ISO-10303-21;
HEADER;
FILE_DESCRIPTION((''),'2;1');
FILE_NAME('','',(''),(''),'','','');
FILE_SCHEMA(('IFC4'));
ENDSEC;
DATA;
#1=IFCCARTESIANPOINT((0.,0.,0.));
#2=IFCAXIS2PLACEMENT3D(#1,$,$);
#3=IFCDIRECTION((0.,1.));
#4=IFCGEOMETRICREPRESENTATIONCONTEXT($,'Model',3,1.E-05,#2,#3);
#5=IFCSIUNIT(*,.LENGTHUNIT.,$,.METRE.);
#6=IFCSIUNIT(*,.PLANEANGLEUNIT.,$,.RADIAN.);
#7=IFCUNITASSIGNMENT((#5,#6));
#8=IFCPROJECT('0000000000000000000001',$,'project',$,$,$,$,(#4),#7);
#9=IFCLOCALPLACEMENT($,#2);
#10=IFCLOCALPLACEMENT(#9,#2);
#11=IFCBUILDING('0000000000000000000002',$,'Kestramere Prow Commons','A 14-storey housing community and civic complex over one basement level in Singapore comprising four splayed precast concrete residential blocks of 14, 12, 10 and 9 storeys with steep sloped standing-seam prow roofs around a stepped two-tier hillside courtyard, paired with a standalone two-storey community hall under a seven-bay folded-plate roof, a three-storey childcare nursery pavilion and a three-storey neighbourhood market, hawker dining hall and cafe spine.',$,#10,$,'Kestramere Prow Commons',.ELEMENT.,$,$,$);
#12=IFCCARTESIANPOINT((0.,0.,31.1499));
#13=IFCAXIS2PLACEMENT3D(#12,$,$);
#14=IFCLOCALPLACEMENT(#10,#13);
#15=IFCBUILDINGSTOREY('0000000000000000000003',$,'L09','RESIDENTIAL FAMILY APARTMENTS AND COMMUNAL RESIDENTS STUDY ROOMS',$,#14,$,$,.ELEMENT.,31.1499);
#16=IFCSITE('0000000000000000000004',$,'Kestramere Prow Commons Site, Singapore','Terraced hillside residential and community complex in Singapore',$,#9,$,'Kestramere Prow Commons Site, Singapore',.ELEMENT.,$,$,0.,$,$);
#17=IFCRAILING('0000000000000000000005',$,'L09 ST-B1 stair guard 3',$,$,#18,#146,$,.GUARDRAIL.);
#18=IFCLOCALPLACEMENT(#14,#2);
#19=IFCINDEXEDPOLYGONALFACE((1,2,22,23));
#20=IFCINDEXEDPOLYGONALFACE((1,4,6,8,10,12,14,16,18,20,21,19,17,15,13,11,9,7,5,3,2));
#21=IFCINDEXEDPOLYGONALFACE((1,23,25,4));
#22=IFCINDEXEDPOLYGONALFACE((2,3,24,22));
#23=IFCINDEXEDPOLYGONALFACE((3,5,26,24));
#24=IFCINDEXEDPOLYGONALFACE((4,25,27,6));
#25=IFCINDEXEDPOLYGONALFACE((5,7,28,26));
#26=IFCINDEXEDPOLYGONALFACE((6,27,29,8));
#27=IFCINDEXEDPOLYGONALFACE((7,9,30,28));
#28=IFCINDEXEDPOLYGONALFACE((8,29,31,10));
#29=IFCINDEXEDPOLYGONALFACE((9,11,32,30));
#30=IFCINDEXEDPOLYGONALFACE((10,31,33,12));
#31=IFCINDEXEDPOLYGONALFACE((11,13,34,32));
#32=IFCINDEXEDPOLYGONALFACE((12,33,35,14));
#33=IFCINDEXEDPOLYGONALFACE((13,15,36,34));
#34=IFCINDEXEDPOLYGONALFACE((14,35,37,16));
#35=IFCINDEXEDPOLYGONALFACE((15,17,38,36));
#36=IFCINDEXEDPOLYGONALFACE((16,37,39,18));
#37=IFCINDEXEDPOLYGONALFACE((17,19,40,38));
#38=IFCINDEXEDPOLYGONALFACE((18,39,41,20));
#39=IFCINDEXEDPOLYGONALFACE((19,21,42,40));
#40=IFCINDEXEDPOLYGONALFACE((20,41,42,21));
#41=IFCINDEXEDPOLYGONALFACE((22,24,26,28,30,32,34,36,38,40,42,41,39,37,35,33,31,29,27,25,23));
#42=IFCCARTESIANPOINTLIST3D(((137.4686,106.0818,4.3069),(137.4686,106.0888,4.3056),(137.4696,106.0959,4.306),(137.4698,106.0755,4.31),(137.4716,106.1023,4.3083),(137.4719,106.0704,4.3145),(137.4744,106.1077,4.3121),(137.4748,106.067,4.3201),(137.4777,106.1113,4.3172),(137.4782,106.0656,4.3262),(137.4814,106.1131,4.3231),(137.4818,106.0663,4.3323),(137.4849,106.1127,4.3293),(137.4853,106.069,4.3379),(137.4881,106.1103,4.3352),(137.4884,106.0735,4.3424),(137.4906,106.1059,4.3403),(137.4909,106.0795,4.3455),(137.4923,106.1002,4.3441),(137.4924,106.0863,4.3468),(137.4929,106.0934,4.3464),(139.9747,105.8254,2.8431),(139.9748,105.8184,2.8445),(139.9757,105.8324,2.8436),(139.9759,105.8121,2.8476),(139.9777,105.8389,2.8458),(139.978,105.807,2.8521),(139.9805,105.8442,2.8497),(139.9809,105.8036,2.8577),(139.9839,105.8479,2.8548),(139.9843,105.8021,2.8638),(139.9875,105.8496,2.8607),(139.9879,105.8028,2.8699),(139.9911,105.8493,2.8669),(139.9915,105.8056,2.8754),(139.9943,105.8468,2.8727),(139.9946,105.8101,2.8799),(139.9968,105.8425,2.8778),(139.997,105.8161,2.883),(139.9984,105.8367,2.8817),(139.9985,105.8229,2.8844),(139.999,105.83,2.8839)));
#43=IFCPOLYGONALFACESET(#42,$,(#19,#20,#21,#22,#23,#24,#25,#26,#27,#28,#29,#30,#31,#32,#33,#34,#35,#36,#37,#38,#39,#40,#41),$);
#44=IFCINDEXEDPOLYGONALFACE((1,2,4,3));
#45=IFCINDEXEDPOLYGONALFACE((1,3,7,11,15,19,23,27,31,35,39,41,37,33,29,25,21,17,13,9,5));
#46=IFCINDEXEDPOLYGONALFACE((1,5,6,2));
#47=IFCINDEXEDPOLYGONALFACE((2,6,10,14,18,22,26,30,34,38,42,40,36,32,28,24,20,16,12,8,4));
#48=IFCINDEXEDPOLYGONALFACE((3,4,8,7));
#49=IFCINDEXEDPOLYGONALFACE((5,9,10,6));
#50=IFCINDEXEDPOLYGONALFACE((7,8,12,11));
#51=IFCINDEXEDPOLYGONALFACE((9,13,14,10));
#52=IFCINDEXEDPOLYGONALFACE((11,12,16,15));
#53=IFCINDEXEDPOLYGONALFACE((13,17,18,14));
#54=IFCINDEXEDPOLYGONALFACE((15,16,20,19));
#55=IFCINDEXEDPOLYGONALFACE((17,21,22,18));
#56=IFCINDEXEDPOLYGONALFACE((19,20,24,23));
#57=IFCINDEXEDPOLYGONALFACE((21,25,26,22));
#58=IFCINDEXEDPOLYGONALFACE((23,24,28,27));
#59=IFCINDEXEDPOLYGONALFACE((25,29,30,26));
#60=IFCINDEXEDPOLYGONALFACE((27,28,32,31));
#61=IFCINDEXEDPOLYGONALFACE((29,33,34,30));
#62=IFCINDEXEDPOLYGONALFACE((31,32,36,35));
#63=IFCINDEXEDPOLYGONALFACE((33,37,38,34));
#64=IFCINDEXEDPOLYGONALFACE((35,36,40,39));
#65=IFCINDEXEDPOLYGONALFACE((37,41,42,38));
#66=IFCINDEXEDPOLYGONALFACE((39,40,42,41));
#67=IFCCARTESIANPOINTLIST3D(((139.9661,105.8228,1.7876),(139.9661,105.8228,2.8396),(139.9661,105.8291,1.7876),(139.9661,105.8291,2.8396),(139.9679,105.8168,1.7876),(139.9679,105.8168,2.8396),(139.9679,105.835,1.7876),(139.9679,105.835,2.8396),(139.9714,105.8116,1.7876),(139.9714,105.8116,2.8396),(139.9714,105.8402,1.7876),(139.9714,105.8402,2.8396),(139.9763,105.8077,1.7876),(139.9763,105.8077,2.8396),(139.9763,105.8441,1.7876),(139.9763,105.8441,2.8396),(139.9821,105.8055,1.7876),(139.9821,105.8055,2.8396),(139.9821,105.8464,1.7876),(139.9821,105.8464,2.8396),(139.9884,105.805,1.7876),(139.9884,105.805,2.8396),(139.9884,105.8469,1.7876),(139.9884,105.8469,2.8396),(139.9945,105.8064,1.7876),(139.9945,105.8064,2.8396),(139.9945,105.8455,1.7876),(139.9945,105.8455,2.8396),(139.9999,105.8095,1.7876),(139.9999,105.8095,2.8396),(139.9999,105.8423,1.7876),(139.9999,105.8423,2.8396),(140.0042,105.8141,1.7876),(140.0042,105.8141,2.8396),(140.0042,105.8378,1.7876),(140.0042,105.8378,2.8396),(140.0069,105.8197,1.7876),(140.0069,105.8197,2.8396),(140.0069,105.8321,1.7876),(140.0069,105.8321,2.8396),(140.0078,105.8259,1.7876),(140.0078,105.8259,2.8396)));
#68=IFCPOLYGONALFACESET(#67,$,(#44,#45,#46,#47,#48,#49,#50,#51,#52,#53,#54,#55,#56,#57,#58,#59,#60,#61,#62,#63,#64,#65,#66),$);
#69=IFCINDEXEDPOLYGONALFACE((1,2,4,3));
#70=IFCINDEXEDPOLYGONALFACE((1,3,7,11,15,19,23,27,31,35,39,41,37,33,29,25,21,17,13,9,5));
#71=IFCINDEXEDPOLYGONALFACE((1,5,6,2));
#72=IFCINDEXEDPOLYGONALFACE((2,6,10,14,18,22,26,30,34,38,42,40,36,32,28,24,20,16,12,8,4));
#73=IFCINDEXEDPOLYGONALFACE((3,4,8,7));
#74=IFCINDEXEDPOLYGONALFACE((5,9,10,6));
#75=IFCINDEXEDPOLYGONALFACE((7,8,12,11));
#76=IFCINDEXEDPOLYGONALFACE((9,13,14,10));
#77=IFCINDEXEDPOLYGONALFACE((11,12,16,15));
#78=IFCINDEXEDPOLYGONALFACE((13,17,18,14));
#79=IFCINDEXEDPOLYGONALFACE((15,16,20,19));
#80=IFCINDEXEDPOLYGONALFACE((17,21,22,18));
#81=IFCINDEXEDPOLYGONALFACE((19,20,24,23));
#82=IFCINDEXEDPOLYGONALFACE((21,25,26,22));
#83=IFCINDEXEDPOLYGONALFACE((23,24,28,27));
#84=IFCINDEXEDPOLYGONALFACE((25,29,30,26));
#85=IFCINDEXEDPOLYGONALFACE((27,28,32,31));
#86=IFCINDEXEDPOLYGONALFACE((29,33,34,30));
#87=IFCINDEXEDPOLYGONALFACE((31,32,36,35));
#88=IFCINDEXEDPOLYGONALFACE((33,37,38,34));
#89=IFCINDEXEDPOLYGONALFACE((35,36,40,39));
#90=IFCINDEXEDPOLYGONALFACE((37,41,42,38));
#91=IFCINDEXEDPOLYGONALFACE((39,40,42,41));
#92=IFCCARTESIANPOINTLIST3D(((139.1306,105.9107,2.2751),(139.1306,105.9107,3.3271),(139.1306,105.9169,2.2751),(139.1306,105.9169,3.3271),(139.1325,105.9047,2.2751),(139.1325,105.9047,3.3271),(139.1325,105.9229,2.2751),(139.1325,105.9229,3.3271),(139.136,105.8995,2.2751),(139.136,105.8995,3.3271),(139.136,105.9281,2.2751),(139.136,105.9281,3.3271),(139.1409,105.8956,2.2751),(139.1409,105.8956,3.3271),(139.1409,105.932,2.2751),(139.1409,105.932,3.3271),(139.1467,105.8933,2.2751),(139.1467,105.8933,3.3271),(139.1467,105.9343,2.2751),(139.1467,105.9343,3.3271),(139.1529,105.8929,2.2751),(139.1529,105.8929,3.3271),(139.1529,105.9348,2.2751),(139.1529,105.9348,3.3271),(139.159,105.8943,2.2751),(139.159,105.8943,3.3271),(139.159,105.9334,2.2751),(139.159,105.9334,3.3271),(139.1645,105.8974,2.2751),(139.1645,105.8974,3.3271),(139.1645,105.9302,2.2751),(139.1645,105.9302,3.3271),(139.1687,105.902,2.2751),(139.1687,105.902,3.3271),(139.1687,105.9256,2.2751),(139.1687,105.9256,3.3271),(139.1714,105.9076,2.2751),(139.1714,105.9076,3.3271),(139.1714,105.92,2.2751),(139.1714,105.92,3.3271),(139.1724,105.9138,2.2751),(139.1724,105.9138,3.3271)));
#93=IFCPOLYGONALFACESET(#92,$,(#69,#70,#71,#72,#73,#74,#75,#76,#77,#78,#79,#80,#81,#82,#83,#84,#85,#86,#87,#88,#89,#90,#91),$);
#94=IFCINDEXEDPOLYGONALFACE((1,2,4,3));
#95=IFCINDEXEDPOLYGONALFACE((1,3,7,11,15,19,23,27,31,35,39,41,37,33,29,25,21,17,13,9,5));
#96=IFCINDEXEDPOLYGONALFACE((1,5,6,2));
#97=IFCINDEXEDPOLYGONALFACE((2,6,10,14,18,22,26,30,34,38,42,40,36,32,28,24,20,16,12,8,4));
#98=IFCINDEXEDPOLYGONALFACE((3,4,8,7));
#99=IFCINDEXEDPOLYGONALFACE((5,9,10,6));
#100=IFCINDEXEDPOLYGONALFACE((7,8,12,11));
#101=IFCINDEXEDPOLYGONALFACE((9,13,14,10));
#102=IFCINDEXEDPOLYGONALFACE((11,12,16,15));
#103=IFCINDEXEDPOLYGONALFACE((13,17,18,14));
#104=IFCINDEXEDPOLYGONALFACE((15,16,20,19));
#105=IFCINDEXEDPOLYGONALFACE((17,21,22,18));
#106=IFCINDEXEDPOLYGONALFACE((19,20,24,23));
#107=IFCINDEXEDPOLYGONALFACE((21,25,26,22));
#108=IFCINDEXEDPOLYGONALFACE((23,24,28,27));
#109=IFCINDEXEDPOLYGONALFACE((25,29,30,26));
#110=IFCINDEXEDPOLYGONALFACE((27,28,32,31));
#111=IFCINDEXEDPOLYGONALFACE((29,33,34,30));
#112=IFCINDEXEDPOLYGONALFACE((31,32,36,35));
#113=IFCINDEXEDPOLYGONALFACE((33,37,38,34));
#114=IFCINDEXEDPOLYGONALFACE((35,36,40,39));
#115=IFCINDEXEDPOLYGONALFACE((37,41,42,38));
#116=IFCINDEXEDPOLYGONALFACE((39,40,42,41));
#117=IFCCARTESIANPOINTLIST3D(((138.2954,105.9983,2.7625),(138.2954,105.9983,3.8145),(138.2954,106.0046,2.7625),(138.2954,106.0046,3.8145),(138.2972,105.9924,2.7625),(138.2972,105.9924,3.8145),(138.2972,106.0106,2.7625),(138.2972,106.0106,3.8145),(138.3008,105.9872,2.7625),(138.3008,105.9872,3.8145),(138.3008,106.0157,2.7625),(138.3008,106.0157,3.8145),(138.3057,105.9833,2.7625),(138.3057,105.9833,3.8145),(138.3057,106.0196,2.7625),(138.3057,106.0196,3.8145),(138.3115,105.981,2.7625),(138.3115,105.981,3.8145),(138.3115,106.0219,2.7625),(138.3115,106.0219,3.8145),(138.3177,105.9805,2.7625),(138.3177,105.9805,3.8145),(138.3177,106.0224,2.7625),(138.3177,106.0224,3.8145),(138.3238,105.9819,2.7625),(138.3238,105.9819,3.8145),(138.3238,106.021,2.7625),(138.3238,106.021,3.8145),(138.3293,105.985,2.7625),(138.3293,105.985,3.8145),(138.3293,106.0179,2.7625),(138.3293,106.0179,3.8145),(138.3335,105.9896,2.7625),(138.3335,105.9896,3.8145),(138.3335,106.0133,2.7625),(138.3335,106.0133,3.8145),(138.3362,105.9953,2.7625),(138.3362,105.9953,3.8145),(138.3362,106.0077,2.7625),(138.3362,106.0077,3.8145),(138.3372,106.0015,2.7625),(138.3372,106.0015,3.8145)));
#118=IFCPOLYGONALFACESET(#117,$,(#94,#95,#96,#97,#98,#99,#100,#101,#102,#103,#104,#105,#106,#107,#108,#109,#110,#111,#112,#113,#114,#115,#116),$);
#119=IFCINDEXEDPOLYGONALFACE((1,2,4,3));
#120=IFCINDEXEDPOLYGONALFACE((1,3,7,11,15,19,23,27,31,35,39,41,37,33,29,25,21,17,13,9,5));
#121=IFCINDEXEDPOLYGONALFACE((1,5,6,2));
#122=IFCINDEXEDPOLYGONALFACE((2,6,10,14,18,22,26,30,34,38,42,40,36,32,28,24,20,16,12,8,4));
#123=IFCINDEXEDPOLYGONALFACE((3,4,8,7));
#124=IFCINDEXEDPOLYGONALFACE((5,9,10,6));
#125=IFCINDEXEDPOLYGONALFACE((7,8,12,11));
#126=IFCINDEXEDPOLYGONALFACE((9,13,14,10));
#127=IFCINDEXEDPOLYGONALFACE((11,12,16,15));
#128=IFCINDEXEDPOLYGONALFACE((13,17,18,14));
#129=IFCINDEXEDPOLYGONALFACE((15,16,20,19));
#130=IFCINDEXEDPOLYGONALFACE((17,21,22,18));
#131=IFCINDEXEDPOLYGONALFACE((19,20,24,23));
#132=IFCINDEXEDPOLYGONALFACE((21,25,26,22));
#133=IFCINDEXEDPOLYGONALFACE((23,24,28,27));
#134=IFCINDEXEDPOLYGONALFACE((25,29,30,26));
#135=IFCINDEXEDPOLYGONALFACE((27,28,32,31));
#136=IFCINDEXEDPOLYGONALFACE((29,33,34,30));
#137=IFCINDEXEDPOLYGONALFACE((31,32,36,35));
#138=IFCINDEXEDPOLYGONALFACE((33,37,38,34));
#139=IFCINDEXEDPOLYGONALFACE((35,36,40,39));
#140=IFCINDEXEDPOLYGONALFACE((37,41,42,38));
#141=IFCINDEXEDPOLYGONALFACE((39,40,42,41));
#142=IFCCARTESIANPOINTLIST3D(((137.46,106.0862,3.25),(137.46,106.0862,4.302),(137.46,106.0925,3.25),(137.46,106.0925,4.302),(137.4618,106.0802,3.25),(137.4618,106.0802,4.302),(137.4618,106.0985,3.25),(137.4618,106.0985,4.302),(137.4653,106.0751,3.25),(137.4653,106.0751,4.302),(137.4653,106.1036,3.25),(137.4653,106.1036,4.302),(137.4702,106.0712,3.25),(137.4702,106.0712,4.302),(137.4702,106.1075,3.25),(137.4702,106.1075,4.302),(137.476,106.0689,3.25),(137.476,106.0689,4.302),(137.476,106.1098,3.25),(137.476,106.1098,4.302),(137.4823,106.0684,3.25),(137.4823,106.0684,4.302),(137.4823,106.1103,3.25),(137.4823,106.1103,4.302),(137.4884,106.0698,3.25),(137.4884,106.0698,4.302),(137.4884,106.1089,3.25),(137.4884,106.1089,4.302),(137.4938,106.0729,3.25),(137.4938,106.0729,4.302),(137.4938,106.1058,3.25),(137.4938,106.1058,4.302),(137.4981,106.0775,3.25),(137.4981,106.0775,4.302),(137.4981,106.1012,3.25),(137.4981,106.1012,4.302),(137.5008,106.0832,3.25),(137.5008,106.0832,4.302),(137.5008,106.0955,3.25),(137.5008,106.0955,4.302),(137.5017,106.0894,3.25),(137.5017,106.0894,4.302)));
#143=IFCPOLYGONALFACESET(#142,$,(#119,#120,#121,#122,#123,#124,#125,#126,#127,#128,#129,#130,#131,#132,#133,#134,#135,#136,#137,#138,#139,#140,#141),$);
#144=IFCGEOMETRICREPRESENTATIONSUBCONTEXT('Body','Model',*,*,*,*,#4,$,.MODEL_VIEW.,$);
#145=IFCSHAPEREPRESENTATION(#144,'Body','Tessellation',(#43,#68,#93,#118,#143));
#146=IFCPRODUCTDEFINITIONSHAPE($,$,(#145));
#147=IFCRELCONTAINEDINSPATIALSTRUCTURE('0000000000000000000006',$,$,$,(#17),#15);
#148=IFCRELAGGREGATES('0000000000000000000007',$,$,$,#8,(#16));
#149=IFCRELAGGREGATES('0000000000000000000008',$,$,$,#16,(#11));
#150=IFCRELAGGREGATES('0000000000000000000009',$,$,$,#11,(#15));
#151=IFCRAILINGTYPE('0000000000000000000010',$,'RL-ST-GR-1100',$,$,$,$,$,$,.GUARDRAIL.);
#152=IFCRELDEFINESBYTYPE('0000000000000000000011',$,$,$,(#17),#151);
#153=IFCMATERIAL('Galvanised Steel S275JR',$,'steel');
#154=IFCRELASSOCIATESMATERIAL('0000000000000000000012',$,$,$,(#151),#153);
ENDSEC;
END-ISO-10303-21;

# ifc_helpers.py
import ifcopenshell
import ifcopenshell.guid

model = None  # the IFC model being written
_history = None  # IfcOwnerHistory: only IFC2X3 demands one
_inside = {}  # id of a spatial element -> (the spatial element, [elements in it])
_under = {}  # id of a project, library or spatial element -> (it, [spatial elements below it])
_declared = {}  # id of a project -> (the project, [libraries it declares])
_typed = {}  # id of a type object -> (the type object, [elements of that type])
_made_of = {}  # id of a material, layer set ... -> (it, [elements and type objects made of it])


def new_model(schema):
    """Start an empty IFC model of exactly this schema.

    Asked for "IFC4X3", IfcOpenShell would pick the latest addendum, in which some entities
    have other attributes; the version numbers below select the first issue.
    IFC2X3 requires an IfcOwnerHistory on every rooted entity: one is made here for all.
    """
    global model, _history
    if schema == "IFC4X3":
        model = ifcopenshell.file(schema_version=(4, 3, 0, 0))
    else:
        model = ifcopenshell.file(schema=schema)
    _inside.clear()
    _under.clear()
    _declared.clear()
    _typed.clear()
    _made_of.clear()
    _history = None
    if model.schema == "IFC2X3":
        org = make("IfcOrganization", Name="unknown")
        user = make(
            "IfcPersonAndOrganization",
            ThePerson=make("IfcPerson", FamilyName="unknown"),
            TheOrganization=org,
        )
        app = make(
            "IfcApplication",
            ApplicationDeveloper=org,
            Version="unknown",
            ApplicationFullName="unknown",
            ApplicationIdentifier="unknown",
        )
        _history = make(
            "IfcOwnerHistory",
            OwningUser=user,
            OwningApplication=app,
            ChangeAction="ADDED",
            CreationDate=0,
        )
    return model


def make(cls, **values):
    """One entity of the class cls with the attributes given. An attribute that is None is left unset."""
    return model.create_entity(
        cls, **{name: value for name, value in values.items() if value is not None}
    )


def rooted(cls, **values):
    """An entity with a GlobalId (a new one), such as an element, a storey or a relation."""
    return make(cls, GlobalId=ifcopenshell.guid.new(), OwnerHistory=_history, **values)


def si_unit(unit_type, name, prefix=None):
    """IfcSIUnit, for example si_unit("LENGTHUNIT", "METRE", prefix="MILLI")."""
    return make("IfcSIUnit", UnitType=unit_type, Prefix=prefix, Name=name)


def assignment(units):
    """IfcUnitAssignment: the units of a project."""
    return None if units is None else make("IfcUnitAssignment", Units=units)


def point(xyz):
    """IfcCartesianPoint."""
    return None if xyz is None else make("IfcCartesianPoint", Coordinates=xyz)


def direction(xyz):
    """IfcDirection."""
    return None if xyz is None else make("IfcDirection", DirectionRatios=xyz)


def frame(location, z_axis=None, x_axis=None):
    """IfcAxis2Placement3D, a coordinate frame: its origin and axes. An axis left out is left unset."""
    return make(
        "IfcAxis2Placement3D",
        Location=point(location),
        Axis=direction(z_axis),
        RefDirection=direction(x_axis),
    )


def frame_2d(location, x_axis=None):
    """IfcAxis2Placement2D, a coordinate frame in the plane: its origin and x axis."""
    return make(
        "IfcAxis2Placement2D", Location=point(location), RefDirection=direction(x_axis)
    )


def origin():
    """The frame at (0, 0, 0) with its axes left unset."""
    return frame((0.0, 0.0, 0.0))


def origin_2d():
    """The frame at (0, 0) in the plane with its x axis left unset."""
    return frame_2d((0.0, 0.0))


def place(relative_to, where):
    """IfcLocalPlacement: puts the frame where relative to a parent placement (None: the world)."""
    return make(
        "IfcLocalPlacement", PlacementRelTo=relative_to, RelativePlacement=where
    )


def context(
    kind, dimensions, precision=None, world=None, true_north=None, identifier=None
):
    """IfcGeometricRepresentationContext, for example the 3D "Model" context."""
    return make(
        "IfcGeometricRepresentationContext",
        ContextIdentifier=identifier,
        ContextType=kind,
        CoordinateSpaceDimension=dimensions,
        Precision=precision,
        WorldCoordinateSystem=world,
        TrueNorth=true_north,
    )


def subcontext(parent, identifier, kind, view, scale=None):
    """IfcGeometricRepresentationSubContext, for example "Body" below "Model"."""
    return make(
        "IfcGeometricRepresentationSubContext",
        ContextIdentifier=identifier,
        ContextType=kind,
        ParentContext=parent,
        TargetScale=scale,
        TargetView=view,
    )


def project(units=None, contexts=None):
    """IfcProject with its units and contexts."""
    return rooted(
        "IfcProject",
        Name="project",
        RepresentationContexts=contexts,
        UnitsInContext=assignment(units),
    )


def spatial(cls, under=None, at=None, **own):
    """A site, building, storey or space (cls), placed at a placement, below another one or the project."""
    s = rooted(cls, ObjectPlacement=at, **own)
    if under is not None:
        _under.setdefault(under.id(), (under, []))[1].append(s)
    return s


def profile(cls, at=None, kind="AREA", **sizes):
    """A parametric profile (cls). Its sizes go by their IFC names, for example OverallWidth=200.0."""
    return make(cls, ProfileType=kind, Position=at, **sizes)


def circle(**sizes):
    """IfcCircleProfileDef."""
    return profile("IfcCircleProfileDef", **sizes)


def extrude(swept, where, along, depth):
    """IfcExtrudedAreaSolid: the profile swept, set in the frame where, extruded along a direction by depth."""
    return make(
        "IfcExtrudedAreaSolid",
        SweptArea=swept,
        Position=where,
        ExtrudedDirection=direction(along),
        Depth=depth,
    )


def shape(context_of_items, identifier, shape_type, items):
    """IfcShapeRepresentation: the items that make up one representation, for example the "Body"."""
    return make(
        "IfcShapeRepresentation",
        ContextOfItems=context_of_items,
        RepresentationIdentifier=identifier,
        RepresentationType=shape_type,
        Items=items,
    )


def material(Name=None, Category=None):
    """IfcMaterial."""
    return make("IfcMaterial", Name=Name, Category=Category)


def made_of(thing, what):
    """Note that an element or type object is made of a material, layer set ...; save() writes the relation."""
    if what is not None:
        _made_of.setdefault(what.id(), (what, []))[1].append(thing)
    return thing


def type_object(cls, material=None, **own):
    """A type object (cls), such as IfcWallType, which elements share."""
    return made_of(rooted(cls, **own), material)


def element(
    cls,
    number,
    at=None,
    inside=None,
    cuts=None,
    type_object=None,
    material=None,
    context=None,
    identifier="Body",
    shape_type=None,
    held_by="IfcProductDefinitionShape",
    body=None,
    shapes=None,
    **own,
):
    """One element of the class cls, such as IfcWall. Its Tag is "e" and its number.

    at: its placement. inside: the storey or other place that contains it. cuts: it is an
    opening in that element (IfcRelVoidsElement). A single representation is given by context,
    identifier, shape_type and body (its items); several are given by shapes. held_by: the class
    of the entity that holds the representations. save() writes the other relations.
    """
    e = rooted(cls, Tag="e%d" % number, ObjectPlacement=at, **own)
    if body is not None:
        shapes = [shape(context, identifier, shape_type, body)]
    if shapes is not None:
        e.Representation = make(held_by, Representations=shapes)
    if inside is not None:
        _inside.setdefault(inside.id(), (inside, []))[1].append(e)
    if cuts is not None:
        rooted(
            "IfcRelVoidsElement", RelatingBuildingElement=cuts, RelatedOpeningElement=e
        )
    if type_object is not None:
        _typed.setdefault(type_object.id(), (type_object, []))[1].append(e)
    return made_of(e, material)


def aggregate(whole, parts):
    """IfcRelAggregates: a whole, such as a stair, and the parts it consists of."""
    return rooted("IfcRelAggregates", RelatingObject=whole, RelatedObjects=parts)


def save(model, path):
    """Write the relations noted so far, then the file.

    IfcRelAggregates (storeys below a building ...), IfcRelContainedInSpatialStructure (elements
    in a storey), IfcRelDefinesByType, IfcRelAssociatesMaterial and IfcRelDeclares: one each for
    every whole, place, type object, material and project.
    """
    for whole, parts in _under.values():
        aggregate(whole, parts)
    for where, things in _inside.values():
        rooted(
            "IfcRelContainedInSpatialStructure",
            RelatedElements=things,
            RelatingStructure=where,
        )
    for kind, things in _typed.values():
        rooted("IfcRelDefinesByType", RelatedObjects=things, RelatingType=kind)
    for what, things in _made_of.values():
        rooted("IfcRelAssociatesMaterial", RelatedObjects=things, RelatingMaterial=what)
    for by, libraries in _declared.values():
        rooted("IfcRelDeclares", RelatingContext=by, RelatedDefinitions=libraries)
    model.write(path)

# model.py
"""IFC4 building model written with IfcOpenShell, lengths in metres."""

from ifc_helpers import new_model, si_unit, direction, frame, origin, origin_2d, place, context, subcontext, project, spatial, circle, extrude, material, type_object, element, save


model = new_model("IFC4")

# Units and contexts
model_context = context("Model", 3, precision=1e-05, world=origin(), true_north=direction((0.0, 1.0)))
body_context = subcontext(model_context, "Body", "Model", "MODEL_VIEW")
ifc_project = project(units=[si_unit("LENGTHUNIT", "METRE"), si_unit("PLANEANGLEUNIT", "RADIAN")], contexts=[model_context])

# Site, building, storey
site_placement = place(None, origin())
site = spatial("IfcSite", under=ifc_project, at=site_placement, Name="Kestramere Prow Commons Site, Singapore", Description="Terraced hillside residential and community complex in Singapore", LongName="Kestramere Prow Commons Site, Singapore", CompositionType="ELEMENT", RefElevation=0.0)
building_placement = place(site_placement, origin())
building = spatial("IfcBuilding", under=site, at=building_placement, Name="Kestramere Prow Commons", Description="A 14-storey housing community and civic complex over one basement level in Singapore comprising four splayed precast concrete residential blocks of 14, 12, 10 and 9 storeys with steep sloped standing-seam prow roofs around a stepped two-tier hillside courtyard, paired with a standalone two-storey community hall under a seven-bay folded-plate roof, a three-storey childcare nursery pavilion and a three-storey neighbourhood market, hawker dining hall and cafe spine.", LongName="Kestramere Prow Commons", CompositionType="ELEMENT")
storey_placement = place(building_placement, frame((0.0, 0.0, 31.1499)))
storey = spatial("IfcBuildingStorey", under=building, at=storey_placement, Name="L09", Description="RESIDENTIAL FAMILY APARTMENTS AND COMMUNAL RESIDENTS STUDY ROOMS", CompositionType="ELEMENT", Elevation=31.1499)

# Railing
ifc_material_1 = material(Name="Galvanised Steel S275JR", Category="steel")
railing_type_1 = type_object("IfcRailingType", Name="RL-ST-GR-1100", PredefinedType="GUARDRAIL", material=ifc_material_1)
railing_1_placement = place(storey_placement, frame((139.9868, 105.8259, 1.7876)))
element("IfcRailing", 1, at=railing_1_placement, inside=storey, type_object=railing_type_1, Name="L09 ST-B1 stair guard 3", PredefinedType="GUARDRAIL", context=body_context, shape_type="SweptSolid", body=[
    extrude(circle(Radius=0.0239, at=origin_2d()), frame((0.0, 0.0, 1.0762), z_axis=(-0.860165, 0.090416, 0.501937), x_axis=(-0.104539, -0.994521, 0.0)), (0.0, 0.0, 1.0), 2.9136),
    extrude(circle(Radius=0.021, at=origin_2d()), origin(), (0.0, 0.0, 1.0), 1.052),
    extrude(circle(Radius=0.021, at=origin_2d()), frame((-0.8354, 0.0879, 0.4875)), (0.0, 0.0, 1.0), 1.052),
    extrude(circle(Radius=0.021, at=origin_2d()), frame((-1.6707, 0.1755, 0.9749)), (0.0, 0.0, 1.0), 1.052),
    extrude(circle(Radius=0.021, at=origin_2d()), frame((-2.5061, 0.2634, 1.4624)), (0.0, 0.0, 1.0), 1.052),
])

save(model, "model.ifc")
